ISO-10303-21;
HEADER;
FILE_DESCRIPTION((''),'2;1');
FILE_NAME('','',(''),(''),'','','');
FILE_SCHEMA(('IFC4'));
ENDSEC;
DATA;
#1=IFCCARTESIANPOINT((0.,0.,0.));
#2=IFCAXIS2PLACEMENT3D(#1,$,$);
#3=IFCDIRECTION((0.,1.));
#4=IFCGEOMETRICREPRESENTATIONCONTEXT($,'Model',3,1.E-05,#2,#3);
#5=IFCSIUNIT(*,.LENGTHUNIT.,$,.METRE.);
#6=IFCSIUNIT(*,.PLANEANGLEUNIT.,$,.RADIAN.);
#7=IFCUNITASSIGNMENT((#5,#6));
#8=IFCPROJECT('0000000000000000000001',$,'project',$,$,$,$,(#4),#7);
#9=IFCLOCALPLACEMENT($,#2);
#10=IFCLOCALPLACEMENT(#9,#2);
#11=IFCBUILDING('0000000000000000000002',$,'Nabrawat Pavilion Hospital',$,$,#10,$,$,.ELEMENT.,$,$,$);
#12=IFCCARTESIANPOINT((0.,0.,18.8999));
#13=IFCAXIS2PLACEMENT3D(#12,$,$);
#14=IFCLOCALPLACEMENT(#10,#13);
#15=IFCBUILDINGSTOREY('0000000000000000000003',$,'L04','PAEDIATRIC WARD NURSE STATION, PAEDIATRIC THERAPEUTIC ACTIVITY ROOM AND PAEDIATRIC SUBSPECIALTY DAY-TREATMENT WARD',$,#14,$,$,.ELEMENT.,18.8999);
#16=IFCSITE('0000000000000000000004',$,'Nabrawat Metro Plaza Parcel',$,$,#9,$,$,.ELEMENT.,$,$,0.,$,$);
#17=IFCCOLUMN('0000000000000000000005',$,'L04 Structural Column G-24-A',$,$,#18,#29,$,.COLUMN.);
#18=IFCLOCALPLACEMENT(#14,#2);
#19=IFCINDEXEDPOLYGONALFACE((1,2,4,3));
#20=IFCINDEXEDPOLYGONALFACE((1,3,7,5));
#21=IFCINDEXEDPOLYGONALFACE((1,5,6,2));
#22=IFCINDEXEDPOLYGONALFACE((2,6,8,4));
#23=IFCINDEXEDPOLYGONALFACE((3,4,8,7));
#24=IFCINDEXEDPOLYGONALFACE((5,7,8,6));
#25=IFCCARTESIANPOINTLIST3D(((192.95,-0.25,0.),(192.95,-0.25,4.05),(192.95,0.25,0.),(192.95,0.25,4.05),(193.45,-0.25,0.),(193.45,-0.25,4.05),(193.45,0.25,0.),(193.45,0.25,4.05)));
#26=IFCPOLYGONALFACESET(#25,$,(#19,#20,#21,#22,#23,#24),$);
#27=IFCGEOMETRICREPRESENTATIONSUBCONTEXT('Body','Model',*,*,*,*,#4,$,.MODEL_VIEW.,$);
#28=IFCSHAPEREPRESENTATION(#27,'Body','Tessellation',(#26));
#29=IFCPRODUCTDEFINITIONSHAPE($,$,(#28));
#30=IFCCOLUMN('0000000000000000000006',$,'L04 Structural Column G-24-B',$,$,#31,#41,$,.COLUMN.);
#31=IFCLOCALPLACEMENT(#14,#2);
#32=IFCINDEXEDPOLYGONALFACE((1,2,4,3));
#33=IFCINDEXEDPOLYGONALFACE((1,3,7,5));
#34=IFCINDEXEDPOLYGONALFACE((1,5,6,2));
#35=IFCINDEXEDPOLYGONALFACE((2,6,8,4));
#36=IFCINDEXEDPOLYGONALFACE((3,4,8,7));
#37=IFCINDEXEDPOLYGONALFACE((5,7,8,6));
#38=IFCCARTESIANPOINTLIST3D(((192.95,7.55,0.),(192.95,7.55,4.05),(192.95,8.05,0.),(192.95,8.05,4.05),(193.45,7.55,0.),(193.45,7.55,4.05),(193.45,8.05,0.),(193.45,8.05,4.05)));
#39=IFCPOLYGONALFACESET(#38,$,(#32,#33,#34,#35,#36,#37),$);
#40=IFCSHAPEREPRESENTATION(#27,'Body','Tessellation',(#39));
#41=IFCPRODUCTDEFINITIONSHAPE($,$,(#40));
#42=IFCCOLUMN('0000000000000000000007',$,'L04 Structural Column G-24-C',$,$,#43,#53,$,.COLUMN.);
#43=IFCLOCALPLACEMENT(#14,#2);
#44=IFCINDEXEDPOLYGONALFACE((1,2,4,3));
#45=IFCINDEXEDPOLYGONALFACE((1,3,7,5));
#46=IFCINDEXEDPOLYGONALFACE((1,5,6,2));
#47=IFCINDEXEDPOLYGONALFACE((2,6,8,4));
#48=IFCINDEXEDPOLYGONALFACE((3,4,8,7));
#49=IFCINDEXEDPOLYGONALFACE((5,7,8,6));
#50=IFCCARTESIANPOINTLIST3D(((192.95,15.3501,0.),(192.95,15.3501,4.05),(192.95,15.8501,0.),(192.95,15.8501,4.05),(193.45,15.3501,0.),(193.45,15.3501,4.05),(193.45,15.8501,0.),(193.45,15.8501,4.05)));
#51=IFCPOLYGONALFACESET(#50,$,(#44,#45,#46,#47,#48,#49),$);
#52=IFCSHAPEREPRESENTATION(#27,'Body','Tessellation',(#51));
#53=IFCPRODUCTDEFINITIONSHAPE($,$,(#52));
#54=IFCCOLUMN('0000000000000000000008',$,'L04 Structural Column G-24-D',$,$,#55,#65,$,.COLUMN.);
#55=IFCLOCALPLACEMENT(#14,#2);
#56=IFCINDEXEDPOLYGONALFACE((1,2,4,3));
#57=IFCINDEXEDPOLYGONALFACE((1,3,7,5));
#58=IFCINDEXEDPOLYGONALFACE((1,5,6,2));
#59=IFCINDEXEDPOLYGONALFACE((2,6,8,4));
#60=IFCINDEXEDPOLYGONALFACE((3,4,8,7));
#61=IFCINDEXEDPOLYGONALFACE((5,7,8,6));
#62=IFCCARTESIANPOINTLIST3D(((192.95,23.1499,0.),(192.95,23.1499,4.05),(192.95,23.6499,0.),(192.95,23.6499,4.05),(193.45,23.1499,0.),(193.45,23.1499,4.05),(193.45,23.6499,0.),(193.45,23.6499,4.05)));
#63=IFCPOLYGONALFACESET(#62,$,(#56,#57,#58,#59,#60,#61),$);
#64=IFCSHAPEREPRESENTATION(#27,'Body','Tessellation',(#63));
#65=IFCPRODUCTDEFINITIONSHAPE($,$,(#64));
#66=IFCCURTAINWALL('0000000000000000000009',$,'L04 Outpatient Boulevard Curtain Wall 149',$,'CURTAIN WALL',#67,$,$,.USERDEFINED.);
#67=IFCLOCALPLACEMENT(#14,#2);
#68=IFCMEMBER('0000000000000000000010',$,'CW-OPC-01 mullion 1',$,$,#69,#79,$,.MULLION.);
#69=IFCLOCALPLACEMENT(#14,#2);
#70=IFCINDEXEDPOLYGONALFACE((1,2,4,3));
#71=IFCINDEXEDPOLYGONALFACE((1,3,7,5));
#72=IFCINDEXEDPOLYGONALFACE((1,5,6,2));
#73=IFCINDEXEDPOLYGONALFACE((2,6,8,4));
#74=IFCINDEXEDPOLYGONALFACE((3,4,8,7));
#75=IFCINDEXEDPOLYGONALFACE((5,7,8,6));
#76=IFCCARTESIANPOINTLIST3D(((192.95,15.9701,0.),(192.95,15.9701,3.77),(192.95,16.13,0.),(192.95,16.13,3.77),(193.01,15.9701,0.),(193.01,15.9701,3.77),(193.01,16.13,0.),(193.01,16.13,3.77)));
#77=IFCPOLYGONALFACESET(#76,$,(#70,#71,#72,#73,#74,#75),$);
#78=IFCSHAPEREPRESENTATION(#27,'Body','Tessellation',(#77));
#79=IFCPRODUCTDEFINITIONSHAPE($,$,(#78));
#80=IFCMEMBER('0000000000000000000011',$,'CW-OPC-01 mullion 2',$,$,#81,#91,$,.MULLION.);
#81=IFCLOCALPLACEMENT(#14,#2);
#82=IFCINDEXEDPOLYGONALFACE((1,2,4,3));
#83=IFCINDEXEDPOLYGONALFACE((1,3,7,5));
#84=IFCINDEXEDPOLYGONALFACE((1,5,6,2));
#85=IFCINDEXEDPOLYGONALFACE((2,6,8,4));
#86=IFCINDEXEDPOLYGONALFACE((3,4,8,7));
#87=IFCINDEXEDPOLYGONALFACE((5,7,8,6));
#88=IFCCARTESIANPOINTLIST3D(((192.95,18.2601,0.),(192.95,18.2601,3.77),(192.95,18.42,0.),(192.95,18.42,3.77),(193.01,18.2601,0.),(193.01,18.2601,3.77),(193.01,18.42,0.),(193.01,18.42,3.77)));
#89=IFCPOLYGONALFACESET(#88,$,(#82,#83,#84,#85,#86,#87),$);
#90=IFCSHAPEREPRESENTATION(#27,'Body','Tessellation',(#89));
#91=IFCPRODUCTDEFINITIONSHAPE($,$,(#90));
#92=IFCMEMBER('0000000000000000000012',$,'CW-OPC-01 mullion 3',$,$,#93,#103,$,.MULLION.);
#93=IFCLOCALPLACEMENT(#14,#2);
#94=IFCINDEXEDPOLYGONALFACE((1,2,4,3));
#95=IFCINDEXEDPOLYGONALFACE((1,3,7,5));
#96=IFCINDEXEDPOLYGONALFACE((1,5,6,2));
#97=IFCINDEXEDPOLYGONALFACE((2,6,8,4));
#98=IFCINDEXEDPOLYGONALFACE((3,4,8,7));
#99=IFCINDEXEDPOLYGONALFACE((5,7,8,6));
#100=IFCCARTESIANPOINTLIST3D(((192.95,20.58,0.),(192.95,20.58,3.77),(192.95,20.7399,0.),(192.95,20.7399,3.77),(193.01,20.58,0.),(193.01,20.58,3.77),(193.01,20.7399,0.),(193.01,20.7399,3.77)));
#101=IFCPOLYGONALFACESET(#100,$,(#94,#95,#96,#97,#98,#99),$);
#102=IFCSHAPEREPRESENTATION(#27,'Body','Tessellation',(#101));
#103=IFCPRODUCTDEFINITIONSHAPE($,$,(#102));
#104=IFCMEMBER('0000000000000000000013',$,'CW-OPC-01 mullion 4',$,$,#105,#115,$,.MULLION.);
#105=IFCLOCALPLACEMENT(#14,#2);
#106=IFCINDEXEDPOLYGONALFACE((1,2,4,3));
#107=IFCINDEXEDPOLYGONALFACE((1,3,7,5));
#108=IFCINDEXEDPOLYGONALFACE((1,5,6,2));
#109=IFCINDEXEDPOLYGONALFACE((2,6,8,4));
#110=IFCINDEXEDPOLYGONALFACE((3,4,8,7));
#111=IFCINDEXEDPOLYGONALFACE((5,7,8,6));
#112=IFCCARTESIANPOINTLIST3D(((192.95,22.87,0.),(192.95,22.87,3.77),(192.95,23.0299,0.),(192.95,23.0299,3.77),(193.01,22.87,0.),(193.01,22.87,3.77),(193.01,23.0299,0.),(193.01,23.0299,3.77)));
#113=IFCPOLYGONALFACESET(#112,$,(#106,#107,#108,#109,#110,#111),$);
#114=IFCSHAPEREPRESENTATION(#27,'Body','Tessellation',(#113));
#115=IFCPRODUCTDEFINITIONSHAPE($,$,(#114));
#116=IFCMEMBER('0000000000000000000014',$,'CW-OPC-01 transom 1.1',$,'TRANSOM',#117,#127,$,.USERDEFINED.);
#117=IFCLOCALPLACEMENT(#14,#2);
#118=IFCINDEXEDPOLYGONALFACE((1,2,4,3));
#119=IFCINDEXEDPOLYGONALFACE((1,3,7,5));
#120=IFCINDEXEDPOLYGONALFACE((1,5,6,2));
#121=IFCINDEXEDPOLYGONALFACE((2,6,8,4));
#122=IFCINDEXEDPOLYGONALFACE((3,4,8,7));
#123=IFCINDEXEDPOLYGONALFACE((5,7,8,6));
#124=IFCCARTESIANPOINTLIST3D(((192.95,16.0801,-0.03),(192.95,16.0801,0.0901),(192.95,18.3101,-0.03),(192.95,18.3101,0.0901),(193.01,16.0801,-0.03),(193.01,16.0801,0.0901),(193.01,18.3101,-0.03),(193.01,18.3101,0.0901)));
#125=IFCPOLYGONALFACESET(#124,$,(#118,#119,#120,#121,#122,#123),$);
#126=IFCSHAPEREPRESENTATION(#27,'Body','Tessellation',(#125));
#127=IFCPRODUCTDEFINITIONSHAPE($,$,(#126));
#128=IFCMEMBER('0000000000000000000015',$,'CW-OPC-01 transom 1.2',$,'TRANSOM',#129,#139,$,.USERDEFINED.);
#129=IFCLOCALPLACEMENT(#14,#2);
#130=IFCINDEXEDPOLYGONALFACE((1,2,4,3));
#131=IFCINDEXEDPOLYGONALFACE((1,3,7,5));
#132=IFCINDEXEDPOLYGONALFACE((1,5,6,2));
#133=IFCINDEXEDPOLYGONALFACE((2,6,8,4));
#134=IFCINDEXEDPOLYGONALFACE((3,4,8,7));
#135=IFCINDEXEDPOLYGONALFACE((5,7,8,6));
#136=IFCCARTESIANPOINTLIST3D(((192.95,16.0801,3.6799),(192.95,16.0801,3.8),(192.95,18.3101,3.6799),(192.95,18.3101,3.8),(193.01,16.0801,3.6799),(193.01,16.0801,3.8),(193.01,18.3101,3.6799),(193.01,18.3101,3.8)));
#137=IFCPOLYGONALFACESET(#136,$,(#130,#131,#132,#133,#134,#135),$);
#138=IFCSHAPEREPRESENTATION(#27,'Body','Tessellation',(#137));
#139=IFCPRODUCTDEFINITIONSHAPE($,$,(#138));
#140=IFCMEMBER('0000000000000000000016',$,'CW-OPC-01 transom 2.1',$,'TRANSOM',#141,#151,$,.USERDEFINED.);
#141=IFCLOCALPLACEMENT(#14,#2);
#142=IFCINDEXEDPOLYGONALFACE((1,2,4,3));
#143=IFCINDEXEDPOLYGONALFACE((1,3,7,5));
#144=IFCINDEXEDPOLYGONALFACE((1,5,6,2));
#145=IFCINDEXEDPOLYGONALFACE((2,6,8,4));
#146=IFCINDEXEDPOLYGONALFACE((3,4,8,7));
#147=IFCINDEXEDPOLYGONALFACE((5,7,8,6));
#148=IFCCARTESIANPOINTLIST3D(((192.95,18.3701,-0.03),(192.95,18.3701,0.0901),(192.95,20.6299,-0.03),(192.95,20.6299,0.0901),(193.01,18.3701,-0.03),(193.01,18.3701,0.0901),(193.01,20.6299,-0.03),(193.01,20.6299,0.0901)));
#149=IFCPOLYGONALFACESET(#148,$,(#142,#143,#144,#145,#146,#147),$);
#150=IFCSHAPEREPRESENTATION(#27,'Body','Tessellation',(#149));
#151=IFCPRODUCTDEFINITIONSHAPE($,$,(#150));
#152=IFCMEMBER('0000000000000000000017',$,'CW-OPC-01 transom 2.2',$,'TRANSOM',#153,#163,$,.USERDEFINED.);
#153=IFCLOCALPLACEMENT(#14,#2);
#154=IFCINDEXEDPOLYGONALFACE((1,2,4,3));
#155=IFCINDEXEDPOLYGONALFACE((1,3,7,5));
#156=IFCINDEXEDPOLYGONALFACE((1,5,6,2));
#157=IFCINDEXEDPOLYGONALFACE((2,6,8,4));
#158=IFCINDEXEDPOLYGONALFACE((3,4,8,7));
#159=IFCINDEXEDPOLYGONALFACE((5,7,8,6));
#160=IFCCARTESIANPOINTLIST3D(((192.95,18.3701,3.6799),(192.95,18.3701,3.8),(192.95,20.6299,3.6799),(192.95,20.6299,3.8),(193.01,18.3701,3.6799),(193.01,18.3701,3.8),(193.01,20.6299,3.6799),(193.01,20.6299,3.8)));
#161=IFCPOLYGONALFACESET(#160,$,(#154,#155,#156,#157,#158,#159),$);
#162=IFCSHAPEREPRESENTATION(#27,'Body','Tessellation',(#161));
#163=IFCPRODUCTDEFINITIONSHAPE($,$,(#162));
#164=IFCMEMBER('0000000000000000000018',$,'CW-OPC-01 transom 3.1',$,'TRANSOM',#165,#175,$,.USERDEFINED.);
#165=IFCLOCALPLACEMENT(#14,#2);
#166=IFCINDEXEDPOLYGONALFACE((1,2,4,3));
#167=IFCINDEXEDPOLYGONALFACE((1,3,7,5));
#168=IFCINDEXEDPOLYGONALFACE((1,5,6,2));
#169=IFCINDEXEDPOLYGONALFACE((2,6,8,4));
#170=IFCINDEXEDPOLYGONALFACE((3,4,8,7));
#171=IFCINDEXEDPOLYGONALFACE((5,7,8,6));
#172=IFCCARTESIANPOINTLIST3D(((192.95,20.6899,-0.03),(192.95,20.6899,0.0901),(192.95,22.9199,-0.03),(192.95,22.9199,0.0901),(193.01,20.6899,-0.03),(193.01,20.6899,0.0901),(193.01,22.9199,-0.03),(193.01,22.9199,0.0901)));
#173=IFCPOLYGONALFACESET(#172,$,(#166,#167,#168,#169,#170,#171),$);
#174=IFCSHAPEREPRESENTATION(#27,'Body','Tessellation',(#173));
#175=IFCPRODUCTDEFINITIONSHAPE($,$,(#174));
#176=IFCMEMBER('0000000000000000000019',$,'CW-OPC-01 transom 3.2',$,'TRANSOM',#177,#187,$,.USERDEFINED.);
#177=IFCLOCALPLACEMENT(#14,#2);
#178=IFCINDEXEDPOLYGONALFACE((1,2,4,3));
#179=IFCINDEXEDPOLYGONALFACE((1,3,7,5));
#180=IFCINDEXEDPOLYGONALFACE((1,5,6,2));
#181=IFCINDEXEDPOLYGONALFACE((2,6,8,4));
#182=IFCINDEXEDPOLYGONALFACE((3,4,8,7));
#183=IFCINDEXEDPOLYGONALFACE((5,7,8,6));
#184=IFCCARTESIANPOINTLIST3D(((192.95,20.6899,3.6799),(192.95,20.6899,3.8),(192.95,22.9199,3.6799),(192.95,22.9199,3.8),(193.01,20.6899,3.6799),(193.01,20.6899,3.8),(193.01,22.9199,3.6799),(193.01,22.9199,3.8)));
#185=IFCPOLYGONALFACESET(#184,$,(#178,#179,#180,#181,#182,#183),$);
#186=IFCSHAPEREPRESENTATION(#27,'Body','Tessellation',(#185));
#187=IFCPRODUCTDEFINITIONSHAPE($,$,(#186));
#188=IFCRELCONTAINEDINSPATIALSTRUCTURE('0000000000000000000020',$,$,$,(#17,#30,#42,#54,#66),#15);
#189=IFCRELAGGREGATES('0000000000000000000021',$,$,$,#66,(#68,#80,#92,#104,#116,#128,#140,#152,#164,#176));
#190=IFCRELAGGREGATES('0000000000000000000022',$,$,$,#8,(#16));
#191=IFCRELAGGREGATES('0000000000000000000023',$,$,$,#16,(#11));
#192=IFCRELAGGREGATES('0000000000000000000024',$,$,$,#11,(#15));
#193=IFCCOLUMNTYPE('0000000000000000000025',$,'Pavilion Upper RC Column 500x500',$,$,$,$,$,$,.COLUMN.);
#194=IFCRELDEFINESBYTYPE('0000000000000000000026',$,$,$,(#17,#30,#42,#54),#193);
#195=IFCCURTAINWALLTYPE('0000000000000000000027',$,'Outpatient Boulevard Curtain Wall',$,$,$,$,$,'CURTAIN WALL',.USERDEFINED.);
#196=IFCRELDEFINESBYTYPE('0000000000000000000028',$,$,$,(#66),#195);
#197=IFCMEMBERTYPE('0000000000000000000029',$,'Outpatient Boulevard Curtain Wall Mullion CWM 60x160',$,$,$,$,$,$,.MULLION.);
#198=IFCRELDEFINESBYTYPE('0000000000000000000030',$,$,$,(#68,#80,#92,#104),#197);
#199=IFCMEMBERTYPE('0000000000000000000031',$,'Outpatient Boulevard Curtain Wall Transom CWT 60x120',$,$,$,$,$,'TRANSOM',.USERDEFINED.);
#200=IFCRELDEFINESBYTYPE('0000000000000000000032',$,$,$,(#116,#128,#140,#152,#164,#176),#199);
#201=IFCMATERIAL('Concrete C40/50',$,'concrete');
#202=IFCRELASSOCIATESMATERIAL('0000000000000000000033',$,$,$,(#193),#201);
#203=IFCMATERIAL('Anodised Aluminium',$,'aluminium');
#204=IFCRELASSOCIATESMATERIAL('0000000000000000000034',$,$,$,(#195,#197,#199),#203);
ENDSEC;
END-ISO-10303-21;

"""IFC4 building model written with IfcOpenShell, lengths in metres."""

from ifc_helpers import new_model, si_unit, direction, frame, origin, origin_2d, place, context, subcontext, project, spatial, rectangle, extrude, material, material_profile, profile_set, type_object, element, aggregate, save


model = new_model("IFC4")

# Units and contexts
model_context = context("Model", 3, precision=1e-05, world=origin(), true_north=direction((0.0, 1.0)))
body_context = subcontext(model_context, "Body", "Model", "MODEL_VIEW")
ifc_project = project(units=[si_unit("LENGTHUNIT", "METRE"), si_unit("PLANEANGLEUNIT", "RADIAN")], contexts=[model_context])

# Site, building, storey
site_placement = place(None, origin())
site = spatial("IfcSite", under=ifc_project, at=site_placement, Name="Nabrawat Metro Plaza Parcel", CompositionType="ELEMENT", RefElevation=0.0)
building_placement = place(site_placement, origin())
building = spatial("IfcBuilding", under=site, at=building_placement, Name="Nabrawat Pavilion Hospital", CompositionType="ELEMENT")
storey_placement = place(building_placement, frame((0.0, 0.0, 18.8999)))
storey = spatial("IfcBuildingStorey", under=building, at=storey_placement, Name="L04", Description="PAEDIATRIC WARD NURSE STATION, PAEDIATRIC THERAPEUTIC ACTIVITY ROOM AND PAEDIATRIC SUBSPECIALTY DAY-TREATMENT WARD", CompositionType="ELEMENT", Elevation=18.8999)

# Columns
ifc_material_1 = material(Name="Concrete C40/50", Category="concrete")
ifc_material_profile_1 = material_profile(ifc_material_1, rectangle(XDim=0.5, YDim=0.5, at=origin_2d()), Name="RC 500x500")
ifc_profile_set_1 = profile_set([ifc_material_profile_1], Name="Concrete C40/50")
column_type = type_object("IfcColumnType", Name="Pavilion Upper RC Column 500x500", PredefinedType="COLUMN", material=ifc_profile_set_1)
for number, where, z_axis, x_axis, name in (
    (1, (193.2, 0.0, 0.0), (0.0, 0.0, 1.0), (1.0, 0.0, 0.0), "L04 Structural Column G-24-A"),
    (2, (193.2, 7.8, 0.0), (0.0, 0.0, 1.0), (1.0, 0.0, 0.0), "L04 Structural Column G-24-B"),
    (3, (193.2, 15.6001, 0.0), (0.0, 0.0, 1.0), (1.0, 0.0, 0.0), "L04 Structural Column G-24-C"),
    (4, (193.2, 23.3999, 0.0), (0.0, 0.0, 1.0), (1.0, 0.0, 0.0), "L04 Structural Column G-24-D"),
):
    element("IfcColumn", number, at=place(storey_placement, frame(where, z_axis=z_axis, x_axis=x_axis)), inside=storey, type_object=column_type, Name=name, PredefinedType="COLUMN", context=body_context, shape_type="SweptSolid", body=[
        extrude(rectangle(XDim=0.5, YDim=0.5, at=origin_2d()), origin(), (0.0, 0.0, 1.0), 4.05),
    ])

# Curtain wall, members
ifc_material_2 = material(Name="Anodised Aluminium", Category="aluminium")
curtain_wall_type = type_object("IfcCurtainWallType", Name="Outpatient Boulevard Curtain Wall", ElementType="CURTAIN WALL", PredefinedType="USERDEFINED", material=ifc_material_2)
curtain_wall_placement = place(storey_placement, origin())
curtain_wall = element("IfcCurtainWall", 5, at=curtain_wall_placement, inside=storey, type_object=curtain_wall_type, Name="L04 Outpatient Boulevard Curtain Wall 149", ObjectType="CURTAIN WALL", PredefinedType="USERDEFINED")
ifc_material_profile_2 = material_profile(ifc_material_2, rectangle(XDim=0.0601, YDim=0.1599, at=origin_2d()), Name="CWM 60x160")
ifc_profile_set_2 = profile_set([ifc_material_profile_2], Name="Anodised Aluminium")
member_type_1 = type_object("IfcMemberType", Name="Outpatient Boulevard Curtain Wall Mullion CWM 60x160", PredefinedType="MULLION", material=ifc_profile_set_2)
member_1_placement = place(storey_placement, frame((192.98, 16.05, 0.0), z_axis=(0.0, 0.0, 1.0), x_axis=(-1.0, 0.0, 0.0)))
member_1 = element("IfcMember", 6, at=member_1_placement, type_object=member_type_1, Name="CW-OPC-01 mullion 1", PredefinedType="MULLION", context=body_context, shape_type="SweptSolid", body=[
    extrude(rectangle(XDim=0.0601, YDim=0.1599, at=origin_2d()), origin(), (0.0, 0.0, 1.0), 3.77),
])
member_2_placement = place(storey_placement, frame((192.98, 18.3401, 0.0), z_axis=(0.0, 0.0, 1.0), x_axis=(-1.0, 0.0, 0.0)))
member_2 = element("IfcMember", 7, at=member_2_placement, type_object=member_type_1, Name="CW-OPC-01 mullion 2", PredefinedType="MULLION", context=body_context, shape_type="SweptSolid", body=[
    extrude(rectangle(XDim=0.0601, YDim=0.1599, at=origin_2d()), origin(), (0.0, 0.0, 1.0), 3.77),
])
member_3_placement = place(storey_placement, frame((192.98, 20.6599, 0.0), z_axis=(0.0, 0.0, 1.0), x_axis=(-1.0, 0.0, 0.0)))
member_3 = element("IfcMember", 8, at=member_3_placement, type_object=member_type_1, Name="CW-OPC-01 mullion 3", PredefinedType="MULLION", context=body_context, shape_type="SweptSolid", body=[
    extrude(rectangle(XDim=0.0601, YDim=0.1599, at=origin_2d()), origin(), (0.0, 0.0, 1.0), 3.77),
])
member_4_placement = place(storey_placement, frame((192.98, 22.95, 0.0), z_axis=(0.0, 0.0, 1.0), x_axis=(-1.0, 0.0, 0.0)))
member_4 = element("IfcMember", 9, at=member_4_placement, type_object=member_type_1, Name="CW-OPC-01 mullion 4", PredefinedType="MULLION", context=body_context, shape_type="SweptSolid", body=[
    extrude(rectangle(XDim=0.0601, YDim=0.1599, at=origin_2d()), origin(), (0.0, 0.0, 1.0), 3.77),
])
ifc_material_profile_3 = material_profile(ifc_material_2, rectangle(XDim=0.0601, YDim=0.1201, at=origin_2d()), Name="CWT 60x120")
ifc_profile_set_3 = profile_set([ifc_material_profile_3], Name="Anodised Aluminium")
member_type_2 = type_object("IfcMemberType", Name="Outpatient Boulevard Curtain Wall Transom CWT 60x120", ElementType="TRANSOM", PredefinedType="USERDEFINED", material=ifc_profile_set_3)
member_5_placement = place(storey_placement, frame((192.98, 16.0801, 0.03), z_axis=(0.0, 1.0, 0.0), x_axis=(-1.0, 0.0, 0.0)))
member_5 = element("IfcMember", 10, at=member_5_placement, type_object=member_type_2, Name="CW-OPC-01 transom 1.1", ObjectType="TRANSOM", PredefinedType="USERDEFINED", context=body_context, shape_type="SweptSolid", body=[
    extrude(rectangle(XDim=0.0601, YDim=0.1201, at=origin_2d()), origin(), (0.0, 0.0, 1.0), 2.23),
])
member_6_placement = place(storey_placement, frame((192.98, 16.0801, 3.74), z_axis=(0.0, 1.0, 0.0), x_axis=(-1.0, 0.0, 0.0)))
member_6 = element("IfcMember", 11, at=member_6_placement, type_object=member_type_2, Name="CW-OPC-01 transom 1.2", ObjectType="TRANSOM", PredefinedType="USERDEFINED", context=body_context, shape_type="SweptSolid", body=[
    extrude(rectangle(XDim=0.0601, YDim=0.1201, at=origin_2d()), origin(), (0.0, 0.0, 1.0), 2.23),
])
member_7_placement = place(storey_placement, frame((192.98, 18.3701, 0.03), z_axis=(0.0, 1.0, 0.0), x_axis=(-1.0, 0.0, 0.0)))
member_7 = element("IfcMember", 12, at=member_7_placement, type_object=member_type_2, Name="CW-OPC-01 transom 2.1", ObjectType="TRANSOM", PredefinedType="USERDEFINED", context=body_context, shape_type="SweptSolid", body=[
    extrude(rectangle(XDim=0.0601, YDim=0.1201, at=origin_2d()), origin(), (0.0, 0.0, 1.0), 2.2598),
])
member_8_placement = place(storey_placement, frame((192.98, 18.3701, 3.74), z_axis=(0.0, 1.0, 0.0), x_axis=(-1.0, 0.0, 0.0)))
member_8 = element("IfcMember", 13, at=member_8_placement, type_object=member_type_2, Name="CW-OPC-01 transom 2.2", ObjectType="TRANSOM", PredefinedType="USERDEFINED", context=body_context, shape_type="SweptSolid", body=[
    extrude(rectangle(XDim=0.0601, YDim=0.1201, at=origin_2d()), origin(), (0.0, 0.0, 1.0), 2.2598),
])
member_9_placement = place(storey_placement, frame((192.98, 20.6899, 0.03), z_axis=(0.0, 1.0, 0.0), x_axis=(-1.0, 0.0, 0.0)))
member_9 = element("IfcMember", 14, at=member_9_placement, type_object=member_type_2, Name="CW-OPC-01 transom 3.1", ObjectType="TRANSOM", PredefinedType="USERDEFINED", context=body_context, shape_type="SweptSolid", body=[
    extrude(rectangle(XDim=0.0601, YDim=0.1201, at=origin_2d()), origin(), (0.0, 0.0, 1.0), 2.23),
])
member_10_placement = place(storey_placement, frame((192.98, 20.6899, 3.74), z_axis=(0.0, 1.0, 0.0), x_axis=(-1.0, 0.0, 0.0)))
member_10 = element("IfcMember", 15, at=member_10_placement, type_object=member_type_2, Name="CW-OPC-01 transom 3.2", ObjectType="TRANSOM", PredefinedType="USERDEFINED", context=body_context, shape_type="SweptSolid", body=[
    extrude(rectangle(XDim=0.0601, YDim=0.1201, at=origin_2d()), origin(), (0.0, 0.0, 1.0), 2.23),
])

aggregate(curtain_wall, [member_1, member_2, member_3, member_4, member_5, member_6, member_7, member_8, member_9, member_10])

save(model, "model.ifc")
